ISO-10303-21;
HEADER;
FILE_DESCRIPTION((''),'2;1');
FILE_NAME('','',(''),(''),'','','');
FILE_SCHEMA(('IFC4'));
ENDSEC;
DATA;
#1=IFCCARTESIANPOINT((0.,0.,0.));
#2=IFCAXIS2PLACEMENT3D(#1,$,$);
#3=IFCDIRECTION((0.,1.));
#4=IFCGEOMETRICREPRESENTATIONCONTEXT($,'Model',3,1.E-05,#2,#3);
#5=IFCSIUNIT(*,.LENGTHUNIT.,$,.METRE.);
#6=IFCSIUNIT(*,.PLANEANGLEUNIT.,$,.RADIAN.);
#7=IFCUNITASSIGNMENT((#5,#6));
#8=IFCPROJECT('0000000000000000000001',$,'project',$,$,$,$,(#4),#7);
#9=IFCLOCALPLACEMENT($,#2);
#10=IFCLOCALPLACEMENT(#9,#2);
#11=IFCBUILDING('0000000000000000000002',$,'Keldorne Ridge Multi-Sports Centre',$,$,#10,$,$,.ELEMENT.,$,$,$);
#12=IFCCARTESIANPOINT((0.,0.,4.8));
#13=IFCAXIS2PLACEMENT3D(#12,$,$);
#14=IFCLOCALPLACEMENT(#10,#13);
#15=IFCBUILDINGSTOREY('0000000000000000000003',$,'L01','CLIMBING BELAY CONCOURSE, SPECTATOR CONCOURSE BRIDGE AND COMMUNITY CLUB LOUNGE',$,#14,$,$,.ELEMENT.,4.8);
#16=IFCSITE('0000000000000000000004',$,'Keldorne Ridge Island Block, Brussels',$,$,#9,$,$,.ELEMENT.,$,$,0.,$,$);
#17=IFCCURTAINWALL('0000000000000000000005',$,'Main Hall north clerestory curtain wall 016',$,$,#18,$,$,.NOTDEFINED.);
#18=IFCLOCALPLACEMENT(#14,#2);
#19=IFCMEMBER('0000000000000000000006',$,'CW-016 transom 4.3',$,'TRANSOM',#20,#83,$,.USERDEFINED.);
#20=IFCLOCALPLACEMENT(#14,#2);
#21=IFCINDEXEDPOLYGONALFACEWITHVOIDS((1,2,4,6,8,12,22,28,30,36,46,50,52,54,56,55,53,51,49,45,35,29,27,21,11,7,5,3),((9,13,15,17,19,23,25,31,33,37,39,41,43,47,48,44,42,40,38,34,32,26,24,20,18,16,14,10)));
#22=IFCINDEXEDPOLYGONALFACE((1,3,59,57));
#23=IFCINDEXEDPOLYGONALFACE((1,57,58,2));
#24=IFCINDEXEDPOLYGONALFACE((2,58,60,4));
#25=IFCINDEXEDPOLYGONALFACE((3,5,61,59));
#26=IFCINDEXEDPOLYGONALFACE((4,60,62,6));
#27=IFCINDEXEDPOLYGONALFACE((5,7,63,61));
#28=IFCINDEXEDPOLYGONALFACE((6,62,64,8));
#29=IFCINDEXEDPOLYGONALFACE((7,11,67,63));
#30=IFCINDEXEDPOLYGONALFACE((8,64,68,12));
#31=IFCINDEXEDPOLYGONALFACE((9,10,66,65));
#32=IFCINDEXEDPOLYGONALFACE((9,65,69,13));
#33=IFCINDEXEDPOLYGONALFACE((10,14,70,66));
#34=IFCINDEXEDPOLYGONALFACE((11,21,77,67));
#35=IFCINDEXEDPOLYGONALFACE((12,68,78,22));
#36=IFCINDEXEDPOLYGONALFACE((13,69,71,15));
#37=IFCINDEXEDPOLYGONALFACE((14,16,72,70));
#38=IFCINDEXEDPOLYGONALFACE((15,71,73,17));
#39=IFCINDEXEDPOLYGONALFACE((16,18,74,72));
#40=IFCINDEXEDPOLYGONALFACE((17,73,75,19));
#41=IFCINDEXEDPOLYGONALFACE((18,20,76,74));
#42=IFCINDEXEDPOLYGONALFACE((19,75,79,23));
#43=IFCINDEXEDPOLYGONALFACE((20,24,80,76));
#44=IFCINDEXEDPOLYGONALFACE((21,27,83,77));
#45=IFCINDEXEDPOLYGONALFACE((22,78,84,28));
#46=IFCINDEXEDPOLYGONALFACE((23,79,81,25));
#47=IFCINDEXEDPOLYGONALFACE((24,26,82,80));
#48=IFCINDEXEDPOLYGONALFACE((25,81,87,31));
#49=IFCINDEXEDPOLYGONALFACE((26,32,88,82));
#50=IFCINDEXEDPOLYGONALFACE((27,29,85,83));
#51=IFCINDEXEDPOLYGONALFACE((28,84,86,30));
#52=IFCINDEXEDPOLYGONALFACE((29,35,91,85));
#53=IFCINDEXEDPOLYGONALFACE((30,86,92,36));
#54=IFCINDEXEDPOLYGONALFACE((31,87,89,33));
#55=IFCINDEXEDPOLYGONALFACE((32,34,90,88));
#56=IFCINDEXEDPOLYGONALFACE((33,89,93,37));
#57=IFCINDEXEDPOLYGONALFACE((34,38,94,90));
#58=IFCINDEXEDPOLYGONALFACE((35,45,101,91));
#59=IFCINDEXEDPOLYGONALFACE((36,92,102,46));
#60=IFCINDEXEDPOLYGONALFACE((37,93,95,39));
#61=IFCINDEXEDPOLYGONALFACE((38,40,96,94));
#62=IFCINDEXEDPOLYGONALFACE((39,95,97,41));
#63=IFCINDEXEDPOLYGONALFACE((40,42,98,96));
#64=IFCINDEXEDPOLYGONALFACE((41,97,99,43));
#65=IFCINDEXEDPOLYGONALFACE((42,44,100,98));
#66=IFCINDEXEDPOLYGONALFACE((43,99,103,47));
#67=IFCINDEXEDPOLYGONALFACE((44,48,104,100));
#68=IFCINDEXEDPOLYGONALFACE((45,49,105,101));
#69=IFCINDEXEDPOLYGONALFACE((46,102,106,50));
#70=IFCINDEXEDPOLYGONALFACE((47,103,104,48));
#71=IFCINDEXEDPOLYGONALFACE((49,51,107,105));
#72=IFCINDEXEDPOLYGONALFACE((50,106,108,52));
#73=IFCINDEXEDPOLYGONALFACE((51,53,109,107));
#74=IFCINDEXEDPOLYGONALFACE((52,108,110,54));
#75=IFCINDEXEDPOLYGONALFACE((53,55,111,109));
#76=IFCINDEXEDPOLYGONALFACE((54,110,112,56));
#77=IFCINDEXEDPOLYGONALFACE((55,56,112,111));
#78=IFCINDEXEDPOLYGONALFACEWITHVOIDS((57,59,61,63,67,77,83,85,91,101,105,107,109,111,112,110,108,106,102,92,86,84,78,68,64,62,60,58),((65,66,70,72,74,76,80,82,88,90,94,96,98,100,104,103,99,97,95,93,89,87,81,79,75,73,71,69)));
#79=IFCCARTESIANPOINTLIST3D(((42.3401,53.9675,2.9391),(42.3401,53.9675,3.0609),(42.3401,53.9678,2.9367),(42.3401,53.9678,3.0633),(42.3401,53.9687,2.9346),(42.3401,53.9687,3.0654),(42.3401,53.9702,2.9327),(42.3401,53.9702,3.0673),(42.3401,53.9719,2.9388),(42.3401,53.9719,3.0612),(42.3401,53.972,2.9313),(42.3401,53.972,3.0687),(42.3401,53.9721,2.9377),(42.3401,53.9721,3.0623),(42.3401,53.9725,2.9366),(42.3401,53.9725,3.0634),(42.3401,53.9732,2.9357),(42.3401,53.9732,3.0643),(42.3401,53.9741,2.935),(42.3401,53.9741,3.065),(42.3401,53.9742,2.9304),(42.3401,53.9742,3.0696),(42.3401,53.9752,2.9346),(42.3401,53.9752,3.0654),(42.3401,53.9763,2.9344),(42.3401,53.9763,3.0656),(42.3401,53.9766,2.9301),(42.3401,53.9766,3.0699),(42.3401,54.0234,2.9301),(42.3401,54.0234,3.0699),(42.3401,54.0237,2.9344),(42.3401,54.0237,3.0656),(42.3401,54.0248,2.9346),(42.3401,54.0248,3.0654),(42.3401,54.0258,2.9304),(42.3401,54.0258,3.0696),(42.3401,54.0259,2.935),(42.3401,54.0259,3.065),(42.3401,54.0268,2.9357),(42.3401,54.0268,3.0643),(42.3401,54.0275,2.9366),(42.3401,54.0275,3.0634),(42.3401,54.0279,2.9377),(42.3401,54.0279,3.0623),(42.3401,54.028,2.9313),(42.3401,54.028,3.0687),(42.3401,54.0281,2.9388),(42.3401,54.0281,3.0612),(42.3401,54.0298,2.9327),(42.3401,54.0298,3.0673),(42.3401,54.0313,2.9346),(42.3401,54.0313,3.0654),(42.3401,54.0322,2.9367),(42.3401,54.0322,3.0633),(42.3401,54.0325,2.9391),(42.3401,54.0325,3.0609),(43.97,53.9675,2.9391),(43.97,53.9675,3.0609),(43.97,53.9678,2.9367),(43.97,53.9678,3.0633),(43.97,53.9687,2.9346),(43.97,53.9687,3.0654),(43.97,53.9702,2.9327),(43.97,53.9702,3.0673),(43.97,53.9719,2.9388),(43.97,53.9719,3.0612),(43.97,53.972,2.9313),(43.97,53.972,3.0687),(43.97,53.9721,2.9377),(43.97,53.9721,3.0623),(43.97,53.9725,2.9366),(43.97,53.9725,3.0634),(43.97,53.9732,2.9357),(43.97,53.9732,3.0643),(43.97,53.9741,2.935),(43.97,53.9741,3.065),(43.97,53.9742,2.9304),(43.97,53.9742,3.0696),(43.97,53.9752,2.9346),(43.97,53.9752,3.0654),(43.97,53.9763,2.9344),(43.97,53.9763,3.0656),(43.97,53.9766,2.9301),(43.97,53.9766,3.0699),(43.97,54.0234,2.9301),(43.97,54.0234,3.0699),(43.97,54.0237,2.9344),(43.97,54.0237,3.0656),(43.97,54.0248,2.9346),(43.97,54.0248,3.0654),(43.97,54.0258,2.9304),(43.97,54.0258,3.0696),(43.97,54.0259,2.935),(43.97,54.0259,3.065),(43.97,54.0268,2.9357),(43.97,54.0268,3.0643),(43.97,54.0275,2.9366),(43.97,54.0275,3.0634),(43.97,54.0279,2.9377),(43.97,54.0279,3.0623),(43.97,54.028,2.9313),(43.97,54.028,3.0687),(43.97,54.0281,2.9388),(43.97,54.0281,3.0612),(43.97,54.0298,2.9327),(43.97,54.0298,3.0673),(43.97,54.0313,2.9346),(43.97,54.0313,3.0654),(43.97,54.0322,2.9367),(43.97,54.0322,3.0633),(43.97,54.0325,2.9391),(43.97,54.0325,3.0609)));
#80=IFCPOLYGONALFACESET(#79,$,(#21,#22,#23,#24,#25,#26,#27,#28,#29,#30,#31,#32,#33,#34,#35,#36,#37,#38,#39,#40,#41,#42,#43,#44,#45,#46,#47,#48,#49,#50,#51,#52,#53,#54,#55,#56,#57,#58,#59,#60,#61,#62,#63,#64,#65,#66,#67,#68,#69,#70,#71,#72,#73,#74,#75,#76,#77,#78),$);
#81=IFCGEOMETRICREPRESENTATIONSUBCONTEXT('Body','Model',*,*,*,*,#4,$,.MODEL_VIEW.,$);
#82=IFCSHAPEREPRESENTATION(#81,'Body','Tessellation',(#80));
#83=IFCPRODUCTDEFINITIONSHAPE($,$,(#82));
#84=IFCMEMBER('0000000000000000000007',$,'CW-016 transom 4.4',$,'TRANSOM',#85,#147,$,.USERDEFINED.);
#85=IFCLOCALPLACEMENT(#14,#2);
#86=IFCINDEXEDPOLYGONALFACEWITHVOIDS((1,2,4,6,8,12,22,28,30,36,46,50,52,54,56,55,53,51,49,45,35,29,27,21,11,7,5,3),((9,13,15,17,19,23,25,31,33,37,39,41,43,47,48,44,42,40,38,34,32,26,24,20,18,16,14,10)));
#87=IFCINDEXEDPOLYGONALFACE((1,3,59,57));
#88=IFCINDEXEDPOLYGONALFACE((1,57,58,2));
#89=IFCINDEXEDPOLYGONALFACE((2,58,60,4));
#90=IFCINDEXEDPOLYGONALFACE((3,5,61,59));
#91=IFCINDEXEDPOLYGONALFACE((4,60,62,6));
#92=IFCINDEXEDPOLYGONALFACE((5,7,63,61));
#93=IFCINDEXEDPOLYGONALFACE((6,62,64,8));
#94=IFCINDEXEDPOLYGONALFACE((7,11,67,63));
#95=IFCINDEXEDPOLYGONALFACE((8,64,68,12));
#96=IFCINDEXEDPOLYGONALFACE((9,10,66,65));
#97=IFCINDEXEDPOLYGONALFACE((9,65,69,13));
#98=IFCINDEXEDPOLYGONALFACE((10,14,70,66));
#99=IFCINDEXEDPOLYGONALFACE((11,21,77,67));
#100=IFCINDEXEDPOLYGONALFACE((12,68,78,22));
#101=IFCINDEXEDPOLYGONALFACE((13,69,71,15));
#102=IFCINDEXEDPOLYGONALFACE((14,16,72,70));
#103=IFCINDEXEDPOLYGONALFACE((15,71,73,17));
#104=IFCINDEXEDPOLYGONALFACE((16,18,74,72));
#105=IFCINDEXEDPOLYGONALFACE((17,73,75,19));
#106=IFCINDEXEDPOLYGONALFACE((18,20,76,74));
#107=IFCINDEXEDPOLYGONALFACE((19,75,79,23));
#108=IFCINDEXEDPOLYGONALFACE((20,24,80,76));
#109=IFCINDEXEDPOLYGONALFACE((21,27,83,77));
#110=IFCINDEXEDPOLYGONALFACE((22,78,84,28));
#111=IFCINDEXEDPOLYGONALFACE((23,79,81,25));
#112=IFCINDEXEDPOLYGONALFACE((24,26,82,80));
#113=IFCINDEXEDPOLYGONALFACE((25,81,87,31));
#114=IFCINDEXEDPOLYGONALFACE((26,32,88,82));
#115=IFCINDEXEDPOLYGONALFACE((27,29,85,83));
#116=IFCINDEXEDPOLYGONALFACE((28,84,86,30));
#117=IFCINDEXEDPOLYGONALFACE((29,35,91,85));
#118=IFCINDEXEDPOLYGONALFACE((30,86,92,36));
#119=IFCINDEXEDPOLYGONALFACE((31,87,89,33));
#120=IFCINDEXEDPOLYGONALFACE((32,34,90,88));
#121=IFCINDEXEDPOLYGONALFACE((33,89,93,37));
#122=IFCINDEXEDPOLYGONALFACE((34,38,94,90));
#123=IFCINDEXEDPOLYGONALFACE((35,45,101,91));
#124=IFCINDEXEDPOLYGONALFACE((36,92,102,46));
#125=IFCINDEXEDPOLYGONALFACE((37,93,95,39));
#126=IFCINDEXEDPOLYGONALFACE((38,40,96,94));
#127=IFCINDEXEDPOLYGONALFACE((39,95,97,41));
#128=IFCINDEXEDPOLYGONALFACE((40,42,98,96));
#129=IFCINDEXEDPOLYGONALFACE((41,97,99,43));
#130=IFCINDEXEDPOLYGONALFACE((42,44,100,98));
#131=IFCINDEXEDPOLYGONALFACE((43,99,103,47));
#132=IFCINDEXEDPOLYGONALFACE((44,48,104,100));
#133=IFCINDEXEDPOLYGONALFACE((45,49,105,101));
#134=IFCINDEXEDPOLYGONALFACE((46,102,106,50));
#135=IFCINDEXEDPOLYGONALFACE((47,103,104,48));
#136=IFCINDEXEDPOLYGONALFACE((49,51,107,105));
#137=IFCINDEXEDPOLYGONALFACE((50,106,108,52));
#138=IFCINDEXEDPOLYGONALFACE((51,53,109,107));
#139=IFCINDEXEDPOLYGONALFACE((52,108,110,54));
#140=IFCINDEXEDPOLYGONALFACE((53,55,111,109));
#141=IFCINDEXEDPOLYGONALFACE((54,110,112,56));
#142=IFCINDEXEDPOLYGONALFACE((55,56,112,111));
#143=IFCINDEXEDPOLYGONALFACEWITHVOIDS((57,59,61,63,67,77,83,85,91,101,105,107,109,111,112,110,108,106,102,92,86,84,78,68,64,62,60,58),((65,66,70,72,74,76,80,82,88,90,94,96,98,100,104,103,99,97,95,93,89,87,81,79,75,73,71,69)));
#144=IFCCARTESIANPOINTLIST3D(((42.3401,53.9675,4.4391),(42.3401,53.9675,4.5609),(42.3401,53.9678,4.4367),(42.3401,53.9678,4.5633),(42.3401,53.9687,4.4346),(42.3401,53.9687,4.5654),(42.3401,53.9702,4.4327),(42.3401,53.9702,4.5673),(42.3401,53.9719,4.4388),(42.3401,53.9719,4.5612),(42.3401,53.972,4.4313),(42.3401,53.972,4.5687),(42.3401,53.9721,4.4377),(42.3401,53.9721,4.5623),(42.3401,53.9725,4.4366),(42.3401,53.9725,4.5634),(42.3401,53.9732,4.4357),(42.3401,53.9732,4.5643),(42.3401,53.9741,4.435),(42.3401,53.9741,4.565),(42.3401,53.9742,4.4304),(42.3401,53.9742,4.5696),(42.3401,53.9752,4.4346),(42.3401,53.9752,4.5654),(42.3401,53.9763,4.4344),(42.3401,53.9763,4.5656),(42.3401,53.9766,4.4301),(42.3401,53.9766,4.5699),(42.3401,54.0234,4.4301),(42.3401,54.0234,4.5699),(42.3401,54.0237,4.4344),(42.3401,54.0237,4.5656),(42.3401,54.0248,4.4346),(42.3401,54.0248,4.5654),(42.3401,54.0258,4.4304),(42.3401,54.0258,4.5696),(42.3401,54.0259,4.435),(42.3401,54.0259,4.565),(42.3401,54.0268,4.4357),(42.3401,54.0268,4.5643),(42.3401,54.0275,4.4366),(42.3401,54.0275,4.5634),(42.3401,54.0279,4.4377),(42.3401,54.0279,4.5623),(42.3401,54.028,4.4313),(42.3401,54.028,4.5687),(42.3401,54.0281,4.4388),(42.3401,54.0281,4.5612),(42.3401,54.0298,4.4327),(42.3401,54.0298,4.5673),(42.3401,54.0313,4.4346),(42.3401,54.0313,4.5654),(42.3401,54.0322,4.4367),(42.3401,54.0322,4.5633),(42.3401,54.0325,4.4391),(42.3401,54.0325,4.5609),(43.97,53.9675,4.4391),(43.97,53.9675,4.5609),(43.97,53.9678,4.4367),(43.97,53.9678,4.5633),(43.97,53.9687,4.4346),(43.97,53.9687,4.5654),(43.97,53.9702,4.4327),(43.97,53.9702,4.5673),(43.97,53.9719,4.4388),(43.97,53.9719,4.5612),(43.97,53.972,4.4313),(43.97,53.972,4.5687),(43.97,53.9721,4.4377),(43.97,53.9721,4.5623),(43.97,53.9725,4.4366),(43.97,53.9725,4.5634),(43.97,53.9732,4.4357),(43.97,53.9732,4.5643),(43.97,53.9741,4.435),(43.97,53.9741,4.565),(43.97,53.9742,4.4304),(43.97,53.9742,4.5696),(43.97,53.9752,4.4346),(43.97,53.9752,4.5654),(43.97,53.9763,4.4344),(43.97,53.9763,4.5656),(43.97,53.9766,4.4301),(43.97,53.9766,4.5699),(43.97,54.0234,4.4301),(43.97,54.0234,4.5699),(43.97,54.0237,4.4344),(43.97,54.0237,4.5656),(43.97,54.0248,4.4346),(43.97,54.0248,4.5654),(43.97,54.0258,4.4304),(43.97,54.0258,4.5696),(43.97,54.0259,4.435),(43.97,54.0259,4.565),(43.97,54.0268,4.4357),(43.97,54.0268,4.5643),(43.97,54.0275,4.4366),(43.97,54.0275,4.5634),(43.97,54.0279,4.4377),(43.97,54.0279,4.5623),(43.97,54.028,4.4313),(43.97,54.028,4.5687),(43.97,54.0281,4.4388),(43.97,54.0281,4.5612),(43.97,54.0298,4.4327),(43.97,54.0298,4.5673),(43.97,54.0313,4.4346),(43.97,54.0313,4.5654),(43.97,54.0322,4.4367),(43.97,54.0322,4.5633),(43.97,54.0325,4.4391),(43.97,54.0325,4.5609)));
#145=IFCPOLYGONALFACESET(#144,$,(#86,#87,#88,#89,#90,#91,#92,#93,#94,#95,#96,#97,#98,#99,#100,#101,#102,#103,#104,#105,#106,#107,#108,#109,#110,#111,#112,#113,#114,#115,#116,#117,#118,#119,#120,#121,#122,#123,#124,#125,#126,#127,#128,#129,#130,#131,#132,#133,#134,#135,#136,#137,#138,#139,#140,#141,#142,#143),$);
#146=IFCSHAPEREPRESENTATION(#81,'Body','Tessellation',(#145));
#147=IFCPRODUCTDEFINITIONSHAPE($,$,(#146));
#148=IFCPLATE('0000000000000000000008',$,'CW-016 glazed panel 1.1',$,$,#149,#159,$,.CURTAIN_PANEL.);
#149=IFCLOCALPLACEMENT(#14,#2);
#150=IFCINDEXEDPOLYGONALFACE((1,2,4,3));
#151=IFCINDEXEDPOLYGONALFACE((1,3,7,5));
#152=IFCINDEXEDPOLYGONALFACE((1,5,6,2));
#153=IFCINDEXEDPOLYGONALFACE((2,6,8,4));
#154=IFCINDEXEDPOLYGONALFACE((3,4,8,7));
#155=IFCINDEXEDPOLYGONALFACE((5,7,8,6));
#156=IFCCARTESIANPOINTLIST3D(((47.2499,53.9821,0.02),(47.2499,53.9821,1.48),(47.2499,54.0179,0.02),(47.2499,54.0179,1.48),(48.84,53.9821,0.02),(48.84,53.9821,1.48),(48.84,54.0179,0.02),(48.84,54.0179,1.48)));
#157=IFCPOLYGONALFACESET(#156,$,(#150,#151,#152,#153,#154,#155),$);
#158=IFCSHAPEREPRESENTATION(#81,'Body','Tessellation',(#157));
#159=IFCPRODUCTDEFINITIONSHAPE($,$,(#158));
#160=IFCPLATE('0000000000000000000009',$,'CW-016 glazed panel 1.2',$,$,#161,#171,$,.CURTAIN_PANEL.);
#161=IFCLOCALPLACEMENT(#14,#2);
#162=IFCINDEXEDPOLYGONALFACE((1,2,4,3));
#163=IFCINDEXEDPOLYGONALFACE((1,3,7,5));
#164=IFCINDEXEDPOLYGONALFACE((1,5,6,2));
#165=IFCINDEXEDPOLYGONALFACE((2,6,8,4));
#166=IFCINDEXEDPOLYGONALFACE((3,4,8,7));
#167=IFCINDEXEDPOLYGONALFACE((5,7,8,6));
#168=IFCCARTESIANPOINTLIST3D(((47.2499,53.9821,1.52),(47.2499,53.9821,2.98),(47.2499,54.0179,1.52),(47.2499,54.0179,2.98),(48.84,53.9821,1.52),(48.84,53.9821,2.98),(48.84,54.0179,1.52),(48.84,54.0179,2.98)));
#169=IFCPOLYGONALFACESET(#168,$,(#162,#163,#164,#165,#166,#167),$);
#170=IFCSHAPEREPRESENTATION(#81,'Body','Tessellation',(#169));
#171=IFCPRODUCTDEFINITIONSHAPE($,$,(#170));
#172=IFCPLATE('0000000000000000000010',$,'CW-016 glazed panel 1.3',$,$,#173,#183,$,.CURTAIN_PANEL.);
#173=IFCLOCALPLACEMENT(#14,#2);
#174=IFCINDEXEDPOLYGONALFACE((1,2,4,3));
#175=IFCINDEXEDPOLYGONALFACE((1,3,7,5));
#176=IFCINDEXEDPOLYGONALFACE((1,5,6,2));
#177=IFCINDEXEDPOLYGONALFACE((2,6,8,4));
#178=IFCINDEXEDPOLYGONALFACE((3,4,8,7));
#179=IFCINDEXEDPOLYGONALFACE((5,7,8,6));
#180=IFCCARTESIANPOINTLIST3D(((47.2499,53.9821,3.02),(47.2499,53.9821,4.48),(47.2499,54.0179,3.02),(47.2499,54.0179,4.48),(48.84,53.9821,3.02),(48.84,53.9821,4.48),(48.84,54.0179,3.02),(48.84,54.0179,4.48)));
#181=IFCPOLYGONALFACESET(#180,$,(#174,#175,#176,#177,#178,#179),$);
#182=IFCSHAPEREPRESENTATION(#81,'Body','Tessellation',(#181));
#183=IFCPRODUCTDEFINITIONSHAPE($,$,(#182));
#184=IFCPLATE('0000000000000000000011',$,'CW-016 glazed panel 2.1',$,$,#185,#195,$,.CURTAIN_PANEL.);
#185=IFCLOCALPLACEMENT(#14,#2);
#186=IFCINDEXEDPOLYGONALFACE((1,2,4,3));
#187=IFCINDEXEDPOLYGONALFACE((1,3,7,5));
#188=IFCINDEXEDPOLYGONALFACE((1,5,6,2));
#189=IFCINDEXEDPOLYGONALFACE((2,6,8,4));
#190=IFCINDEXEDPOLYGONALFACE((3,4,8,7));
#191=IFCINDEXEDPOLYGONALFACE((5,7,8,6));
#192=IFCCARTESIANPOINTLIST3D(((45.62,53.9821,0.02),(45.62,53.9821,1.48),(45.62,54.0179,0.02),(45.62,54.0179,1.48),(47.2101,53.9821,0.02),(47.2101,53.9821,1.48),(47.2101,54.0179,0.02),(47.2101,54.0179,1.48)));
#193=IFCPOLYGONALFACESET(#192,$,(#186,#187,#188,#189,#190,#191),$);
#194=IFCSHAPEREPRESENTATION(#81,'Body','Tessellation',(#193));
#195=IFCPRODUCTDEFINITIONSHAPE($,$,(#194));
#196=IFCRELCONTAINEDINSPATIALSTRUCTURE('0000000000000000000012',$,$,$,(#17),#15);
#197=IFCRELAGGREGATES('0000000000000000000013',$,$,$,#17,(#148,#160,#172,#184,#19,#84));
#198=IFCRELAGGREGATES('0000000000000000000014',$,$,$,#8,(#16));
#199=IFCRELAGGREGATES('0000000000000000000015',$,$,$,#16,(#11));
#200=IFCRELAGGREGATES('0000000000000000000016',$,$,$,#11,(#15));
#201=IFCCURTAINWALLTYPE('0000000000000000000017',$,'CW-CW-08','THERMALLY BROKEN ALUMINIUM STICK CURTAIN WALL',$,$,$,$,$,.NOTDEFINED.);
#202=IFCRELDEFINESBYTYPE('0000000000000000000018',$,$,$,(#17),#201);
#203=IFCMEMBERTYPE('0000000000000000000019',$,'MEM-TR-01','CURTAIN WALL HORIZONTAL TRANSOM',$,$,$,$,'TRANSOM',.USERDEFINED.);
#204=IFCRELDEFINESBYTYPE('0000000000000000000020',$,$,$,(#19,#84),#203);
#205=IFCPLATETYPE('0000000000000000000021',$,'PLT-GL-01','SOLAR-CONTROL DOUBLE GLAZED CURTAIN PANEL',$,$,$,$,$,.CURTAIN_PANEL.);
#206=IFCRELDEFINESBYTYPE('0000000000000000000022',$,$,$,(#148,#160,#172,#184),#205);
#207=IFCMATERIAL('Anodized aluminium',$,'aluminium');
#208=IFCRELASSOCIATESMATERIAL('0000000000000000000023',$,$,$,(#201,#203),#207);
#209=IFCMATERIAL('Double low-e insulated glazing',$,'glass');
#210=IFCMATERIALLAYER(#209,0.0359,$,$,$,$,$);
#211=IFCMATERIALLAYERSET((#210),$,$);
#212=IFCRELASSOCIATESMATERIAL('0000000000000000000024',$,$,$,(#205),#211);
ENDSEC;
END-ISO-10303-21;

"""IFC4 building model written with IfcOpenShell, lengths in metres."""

from ifc_helpers import new_model, si_unit, direction, frame, origin, origin_2d, place, context, subcontext, project, spatial, rectangle, hollow_rectangle, extrude, material, layer, layer_set, material_profile, profile_set, type_object, element, aggregate, save


model = new_model("IFC4")

# Units and contexts
model_context = context("Model", 3, precision=1e-05, world=origin(), true_north=direction((0.0, 1.0)))
body_context = subcontext(model_context, "Body", "Model", "MODEL_VIEW")
ifc_project = project(units=[si_unit("LENGTHUNIT", "METRE"), si_unit("PLANEANGLEUNIT", "RADIAN")], contexts=[model_context])

# Site, building, storey
site_placement = place(None, origin())
site = spatial("IfcSite", under=ifc_project, at=site_placement, Name="Keldorne Ridge Island Block, Brussels", CompositionType="ELEMENT", RefElevation=0.0)
building_placement = place(site_placement, origin())
building = spatial("IfcBuilding", under=site, at=building_placement, Name="Keldorne Ridge Multi-Sports Centre", CompositionType="ELEMENT")
storey_placement = place(building_placement, frame((0.0, 0.0, 4.8)))
storey = spatial("IfcBuildingStorey", under=building, at=storey_placement, Name="L01", Description="CLIMBING BELAY CONCOURSE, SPECTATOR CONCOURSE BRIDGE AND COMMUNITY CLUB LOUNGE", CompositionType="ELEMENT", Elevation=4.8)

# Curtain wall
ifc_material_1 = material(Name="Anodized aluminium", Category="aluminium")
curtain_wall_type_1 = type_object("IfcCurtainWallType", Name="CW-CW-08", Description="THERMALLY BROKEN ALUMINIUM STICK CURTAIN WALL", PredefinedType="NOTDEFINED", material=ifc_material_1)
curtain_wall_1_placement = place(storey_placement, origin())
curtain_wall_1 = element("IfcCurtainWall", 1, at=curtain_wall_1_placement, inside=storey, type_object=curtain_wall_type_1, Name="Main Hall north clerestory curtain wall 016", PredefinedType="NOTDEFINED")

# Members
ifc_material_profile_1 = material_profile(ifc_material_1, hollow_rectangle(XDim=0.0649, YDim=0.1399, WallThickness=0.0044, InnerFilletRadius=0.0044, OuterFilletRadius=0.009, at=origin_2d()), Name="ALU TRANSOM 140x65x4.5")
ifc_profile_set_1 = profile_set([ifc_material_profile_1], Name="Anodized aluminium")
member_type_1 = type_object("IfcMemberType", Name="MEM-TR-01", Description="CURTAIN WALL HORIZONTAL TRANSOM", ElementType="TRANSOM", PredefinedType="USERDEFINED", material=ifc_profile_set_1)
member_1_placement = place(storey_placement, frame((43.97, 54.0, 3.0), z_axis=(-1.0, 0.0, 0.0), x_axis=(0.0, -1.0, 0.0)))
member_1 = element("IfcMember", 2, at=member_1_placement, type_object=member_type_1, Name="CW-016 transom 4.3", ObjectType="TRANSOM", PredefinedType="USERDEFINED", context=body_context, shape_type="SweptSolid", body=[
    extrude(hollow_rectangle(XDim=0.0649, YDim=0.1399, WallThickness=0.0044, InnerFilletRadius=0.0044, OuterFilletRadius=0.009, at=origin_2d()), origin(), (0.0, 0.0, 1.0), 1.6299),
])
member_2_placement = place(storey_placement, frame((43.97, 54.0, 4.5), z_axis=(-1.0, 0.0, 0.0), x_axis=(0.0, -1.0, 0.0)))
member_2 = element("IfcMember", 3, at=member_2_placement, type_object=member_type_1, Name="CW-016 transom 4.4", ObjectType="TRANSOM", PredefinedType="USERDEFINED", context=body_context, shape_type="SweptSolid", body=[
    extrude(hollow_rectangle(XDim=0.0649, YDim=0.1399, WallThickness=0.0044, InnerFilletRadius=0.0044, OuterFilletRadius=0.009, at=origin_2d()), origin(), (0.0, 0.0, 1.0), 1.6299),
])

# Plates
ifc_material_2 = material(Name="Double low-e insulated glazing", Category="glass")
ifc_layer = layer(ifc_material_2, 0.0359)
ifc_layer_set = layer_set([ifc_layer])
plate_type = type_object("IfcPlateType", Name="PLT-GL-01", Description="SOLAR-CONTROL DOUBLE GLAZED CURTAIN PANEL", PredefinedType="CURTAIN_PANEL", material=ifc_layer_set)
plate_1_placement = place(storey_placement, frame((48.0449, 54.0, 0.02), z_axis=(0.0, 0.0, 1.0), x_axis=(-1.0, 0.0, 0.0)))
plate_1 = element("IfcPlate", 4, at=plate_1_placement, type_object=plate_type, Name="CW-016 glazed panel 1.1", PredefinedType="CURTAIN_PANEL", context=body_context, shape_type="SweptSolid", body=[
    extrude(rectangle(XDim=1.5901, YDim=0.0359, at=origin_2d()), origin(), (0.0, 0.0, 1.0), 1.46),
])
plate_2_placement = place(storey_placement, frame((48.0449, 54.0, 1.52), z_axis=(0.0, 0.0, 1.0), x_axis=(-1.0, 0.0, 0.0)))
plate_2 = element("IfcPlate", 5, at=plate_2_placement, type_object=plate_type, Name="CW-016 glazed panel 1.2", PredefinedType="CURTAIN_PANEL", context=body_context, shape_type="SweptSolid", body=[
    extrude(rectangle(XDim=1.5901, YDim=0.0359, at=origin_2d()), origin(), (0.0, 0.0, 1.0), 1.46),
])
plate_3_placement = place(storey_placement, frame((48.0449, 54.0, 3.02), z_axis=(0.0, 0.0, 1.0), x_axis=(-1.0, 0.0, 0.0)))
plate_3 = element("IfcPlate", 6, at=plate_3_placement, type_object=plate_type, Name="CW-016 glazed panel 1.3", PredefinedType="CURTAIN_PANEL", context=body_context, shape_type="SweptSolid", body=[
    extrude(rectangle(XDim=1.5901, YDim=0.0359, at=origin_2d()), origin(), (0.0, 0.0, 1.0), 1.46),
])
plate_4_placement = place(storey_placement, frame((46.415, 54.0, 0.02), z_axis=(0.0, 0.0, 1.0), x_axis=(-1.0, 0.0, 0.0)))
plate_4 = element("IfcPlate", 7, at=plate_4_placement, type_object=plate_type, Name="CW-016 glazed panel 2.1", PredefinedType="CURTAIN_PANEL", context=body_context, shape_type="SweptSolid", body=[
    extrude(rectangle(XDim=1.5901, YDim=0.0359, at=origin_2d()), origin(), (0.0, 0.0, 1.0), 1.46),
])
aggregate(curtain_wall_1, [plate_1, plate_2, plate_3, plate_4, member_1, member_2])

save(model, "model.ifc")
